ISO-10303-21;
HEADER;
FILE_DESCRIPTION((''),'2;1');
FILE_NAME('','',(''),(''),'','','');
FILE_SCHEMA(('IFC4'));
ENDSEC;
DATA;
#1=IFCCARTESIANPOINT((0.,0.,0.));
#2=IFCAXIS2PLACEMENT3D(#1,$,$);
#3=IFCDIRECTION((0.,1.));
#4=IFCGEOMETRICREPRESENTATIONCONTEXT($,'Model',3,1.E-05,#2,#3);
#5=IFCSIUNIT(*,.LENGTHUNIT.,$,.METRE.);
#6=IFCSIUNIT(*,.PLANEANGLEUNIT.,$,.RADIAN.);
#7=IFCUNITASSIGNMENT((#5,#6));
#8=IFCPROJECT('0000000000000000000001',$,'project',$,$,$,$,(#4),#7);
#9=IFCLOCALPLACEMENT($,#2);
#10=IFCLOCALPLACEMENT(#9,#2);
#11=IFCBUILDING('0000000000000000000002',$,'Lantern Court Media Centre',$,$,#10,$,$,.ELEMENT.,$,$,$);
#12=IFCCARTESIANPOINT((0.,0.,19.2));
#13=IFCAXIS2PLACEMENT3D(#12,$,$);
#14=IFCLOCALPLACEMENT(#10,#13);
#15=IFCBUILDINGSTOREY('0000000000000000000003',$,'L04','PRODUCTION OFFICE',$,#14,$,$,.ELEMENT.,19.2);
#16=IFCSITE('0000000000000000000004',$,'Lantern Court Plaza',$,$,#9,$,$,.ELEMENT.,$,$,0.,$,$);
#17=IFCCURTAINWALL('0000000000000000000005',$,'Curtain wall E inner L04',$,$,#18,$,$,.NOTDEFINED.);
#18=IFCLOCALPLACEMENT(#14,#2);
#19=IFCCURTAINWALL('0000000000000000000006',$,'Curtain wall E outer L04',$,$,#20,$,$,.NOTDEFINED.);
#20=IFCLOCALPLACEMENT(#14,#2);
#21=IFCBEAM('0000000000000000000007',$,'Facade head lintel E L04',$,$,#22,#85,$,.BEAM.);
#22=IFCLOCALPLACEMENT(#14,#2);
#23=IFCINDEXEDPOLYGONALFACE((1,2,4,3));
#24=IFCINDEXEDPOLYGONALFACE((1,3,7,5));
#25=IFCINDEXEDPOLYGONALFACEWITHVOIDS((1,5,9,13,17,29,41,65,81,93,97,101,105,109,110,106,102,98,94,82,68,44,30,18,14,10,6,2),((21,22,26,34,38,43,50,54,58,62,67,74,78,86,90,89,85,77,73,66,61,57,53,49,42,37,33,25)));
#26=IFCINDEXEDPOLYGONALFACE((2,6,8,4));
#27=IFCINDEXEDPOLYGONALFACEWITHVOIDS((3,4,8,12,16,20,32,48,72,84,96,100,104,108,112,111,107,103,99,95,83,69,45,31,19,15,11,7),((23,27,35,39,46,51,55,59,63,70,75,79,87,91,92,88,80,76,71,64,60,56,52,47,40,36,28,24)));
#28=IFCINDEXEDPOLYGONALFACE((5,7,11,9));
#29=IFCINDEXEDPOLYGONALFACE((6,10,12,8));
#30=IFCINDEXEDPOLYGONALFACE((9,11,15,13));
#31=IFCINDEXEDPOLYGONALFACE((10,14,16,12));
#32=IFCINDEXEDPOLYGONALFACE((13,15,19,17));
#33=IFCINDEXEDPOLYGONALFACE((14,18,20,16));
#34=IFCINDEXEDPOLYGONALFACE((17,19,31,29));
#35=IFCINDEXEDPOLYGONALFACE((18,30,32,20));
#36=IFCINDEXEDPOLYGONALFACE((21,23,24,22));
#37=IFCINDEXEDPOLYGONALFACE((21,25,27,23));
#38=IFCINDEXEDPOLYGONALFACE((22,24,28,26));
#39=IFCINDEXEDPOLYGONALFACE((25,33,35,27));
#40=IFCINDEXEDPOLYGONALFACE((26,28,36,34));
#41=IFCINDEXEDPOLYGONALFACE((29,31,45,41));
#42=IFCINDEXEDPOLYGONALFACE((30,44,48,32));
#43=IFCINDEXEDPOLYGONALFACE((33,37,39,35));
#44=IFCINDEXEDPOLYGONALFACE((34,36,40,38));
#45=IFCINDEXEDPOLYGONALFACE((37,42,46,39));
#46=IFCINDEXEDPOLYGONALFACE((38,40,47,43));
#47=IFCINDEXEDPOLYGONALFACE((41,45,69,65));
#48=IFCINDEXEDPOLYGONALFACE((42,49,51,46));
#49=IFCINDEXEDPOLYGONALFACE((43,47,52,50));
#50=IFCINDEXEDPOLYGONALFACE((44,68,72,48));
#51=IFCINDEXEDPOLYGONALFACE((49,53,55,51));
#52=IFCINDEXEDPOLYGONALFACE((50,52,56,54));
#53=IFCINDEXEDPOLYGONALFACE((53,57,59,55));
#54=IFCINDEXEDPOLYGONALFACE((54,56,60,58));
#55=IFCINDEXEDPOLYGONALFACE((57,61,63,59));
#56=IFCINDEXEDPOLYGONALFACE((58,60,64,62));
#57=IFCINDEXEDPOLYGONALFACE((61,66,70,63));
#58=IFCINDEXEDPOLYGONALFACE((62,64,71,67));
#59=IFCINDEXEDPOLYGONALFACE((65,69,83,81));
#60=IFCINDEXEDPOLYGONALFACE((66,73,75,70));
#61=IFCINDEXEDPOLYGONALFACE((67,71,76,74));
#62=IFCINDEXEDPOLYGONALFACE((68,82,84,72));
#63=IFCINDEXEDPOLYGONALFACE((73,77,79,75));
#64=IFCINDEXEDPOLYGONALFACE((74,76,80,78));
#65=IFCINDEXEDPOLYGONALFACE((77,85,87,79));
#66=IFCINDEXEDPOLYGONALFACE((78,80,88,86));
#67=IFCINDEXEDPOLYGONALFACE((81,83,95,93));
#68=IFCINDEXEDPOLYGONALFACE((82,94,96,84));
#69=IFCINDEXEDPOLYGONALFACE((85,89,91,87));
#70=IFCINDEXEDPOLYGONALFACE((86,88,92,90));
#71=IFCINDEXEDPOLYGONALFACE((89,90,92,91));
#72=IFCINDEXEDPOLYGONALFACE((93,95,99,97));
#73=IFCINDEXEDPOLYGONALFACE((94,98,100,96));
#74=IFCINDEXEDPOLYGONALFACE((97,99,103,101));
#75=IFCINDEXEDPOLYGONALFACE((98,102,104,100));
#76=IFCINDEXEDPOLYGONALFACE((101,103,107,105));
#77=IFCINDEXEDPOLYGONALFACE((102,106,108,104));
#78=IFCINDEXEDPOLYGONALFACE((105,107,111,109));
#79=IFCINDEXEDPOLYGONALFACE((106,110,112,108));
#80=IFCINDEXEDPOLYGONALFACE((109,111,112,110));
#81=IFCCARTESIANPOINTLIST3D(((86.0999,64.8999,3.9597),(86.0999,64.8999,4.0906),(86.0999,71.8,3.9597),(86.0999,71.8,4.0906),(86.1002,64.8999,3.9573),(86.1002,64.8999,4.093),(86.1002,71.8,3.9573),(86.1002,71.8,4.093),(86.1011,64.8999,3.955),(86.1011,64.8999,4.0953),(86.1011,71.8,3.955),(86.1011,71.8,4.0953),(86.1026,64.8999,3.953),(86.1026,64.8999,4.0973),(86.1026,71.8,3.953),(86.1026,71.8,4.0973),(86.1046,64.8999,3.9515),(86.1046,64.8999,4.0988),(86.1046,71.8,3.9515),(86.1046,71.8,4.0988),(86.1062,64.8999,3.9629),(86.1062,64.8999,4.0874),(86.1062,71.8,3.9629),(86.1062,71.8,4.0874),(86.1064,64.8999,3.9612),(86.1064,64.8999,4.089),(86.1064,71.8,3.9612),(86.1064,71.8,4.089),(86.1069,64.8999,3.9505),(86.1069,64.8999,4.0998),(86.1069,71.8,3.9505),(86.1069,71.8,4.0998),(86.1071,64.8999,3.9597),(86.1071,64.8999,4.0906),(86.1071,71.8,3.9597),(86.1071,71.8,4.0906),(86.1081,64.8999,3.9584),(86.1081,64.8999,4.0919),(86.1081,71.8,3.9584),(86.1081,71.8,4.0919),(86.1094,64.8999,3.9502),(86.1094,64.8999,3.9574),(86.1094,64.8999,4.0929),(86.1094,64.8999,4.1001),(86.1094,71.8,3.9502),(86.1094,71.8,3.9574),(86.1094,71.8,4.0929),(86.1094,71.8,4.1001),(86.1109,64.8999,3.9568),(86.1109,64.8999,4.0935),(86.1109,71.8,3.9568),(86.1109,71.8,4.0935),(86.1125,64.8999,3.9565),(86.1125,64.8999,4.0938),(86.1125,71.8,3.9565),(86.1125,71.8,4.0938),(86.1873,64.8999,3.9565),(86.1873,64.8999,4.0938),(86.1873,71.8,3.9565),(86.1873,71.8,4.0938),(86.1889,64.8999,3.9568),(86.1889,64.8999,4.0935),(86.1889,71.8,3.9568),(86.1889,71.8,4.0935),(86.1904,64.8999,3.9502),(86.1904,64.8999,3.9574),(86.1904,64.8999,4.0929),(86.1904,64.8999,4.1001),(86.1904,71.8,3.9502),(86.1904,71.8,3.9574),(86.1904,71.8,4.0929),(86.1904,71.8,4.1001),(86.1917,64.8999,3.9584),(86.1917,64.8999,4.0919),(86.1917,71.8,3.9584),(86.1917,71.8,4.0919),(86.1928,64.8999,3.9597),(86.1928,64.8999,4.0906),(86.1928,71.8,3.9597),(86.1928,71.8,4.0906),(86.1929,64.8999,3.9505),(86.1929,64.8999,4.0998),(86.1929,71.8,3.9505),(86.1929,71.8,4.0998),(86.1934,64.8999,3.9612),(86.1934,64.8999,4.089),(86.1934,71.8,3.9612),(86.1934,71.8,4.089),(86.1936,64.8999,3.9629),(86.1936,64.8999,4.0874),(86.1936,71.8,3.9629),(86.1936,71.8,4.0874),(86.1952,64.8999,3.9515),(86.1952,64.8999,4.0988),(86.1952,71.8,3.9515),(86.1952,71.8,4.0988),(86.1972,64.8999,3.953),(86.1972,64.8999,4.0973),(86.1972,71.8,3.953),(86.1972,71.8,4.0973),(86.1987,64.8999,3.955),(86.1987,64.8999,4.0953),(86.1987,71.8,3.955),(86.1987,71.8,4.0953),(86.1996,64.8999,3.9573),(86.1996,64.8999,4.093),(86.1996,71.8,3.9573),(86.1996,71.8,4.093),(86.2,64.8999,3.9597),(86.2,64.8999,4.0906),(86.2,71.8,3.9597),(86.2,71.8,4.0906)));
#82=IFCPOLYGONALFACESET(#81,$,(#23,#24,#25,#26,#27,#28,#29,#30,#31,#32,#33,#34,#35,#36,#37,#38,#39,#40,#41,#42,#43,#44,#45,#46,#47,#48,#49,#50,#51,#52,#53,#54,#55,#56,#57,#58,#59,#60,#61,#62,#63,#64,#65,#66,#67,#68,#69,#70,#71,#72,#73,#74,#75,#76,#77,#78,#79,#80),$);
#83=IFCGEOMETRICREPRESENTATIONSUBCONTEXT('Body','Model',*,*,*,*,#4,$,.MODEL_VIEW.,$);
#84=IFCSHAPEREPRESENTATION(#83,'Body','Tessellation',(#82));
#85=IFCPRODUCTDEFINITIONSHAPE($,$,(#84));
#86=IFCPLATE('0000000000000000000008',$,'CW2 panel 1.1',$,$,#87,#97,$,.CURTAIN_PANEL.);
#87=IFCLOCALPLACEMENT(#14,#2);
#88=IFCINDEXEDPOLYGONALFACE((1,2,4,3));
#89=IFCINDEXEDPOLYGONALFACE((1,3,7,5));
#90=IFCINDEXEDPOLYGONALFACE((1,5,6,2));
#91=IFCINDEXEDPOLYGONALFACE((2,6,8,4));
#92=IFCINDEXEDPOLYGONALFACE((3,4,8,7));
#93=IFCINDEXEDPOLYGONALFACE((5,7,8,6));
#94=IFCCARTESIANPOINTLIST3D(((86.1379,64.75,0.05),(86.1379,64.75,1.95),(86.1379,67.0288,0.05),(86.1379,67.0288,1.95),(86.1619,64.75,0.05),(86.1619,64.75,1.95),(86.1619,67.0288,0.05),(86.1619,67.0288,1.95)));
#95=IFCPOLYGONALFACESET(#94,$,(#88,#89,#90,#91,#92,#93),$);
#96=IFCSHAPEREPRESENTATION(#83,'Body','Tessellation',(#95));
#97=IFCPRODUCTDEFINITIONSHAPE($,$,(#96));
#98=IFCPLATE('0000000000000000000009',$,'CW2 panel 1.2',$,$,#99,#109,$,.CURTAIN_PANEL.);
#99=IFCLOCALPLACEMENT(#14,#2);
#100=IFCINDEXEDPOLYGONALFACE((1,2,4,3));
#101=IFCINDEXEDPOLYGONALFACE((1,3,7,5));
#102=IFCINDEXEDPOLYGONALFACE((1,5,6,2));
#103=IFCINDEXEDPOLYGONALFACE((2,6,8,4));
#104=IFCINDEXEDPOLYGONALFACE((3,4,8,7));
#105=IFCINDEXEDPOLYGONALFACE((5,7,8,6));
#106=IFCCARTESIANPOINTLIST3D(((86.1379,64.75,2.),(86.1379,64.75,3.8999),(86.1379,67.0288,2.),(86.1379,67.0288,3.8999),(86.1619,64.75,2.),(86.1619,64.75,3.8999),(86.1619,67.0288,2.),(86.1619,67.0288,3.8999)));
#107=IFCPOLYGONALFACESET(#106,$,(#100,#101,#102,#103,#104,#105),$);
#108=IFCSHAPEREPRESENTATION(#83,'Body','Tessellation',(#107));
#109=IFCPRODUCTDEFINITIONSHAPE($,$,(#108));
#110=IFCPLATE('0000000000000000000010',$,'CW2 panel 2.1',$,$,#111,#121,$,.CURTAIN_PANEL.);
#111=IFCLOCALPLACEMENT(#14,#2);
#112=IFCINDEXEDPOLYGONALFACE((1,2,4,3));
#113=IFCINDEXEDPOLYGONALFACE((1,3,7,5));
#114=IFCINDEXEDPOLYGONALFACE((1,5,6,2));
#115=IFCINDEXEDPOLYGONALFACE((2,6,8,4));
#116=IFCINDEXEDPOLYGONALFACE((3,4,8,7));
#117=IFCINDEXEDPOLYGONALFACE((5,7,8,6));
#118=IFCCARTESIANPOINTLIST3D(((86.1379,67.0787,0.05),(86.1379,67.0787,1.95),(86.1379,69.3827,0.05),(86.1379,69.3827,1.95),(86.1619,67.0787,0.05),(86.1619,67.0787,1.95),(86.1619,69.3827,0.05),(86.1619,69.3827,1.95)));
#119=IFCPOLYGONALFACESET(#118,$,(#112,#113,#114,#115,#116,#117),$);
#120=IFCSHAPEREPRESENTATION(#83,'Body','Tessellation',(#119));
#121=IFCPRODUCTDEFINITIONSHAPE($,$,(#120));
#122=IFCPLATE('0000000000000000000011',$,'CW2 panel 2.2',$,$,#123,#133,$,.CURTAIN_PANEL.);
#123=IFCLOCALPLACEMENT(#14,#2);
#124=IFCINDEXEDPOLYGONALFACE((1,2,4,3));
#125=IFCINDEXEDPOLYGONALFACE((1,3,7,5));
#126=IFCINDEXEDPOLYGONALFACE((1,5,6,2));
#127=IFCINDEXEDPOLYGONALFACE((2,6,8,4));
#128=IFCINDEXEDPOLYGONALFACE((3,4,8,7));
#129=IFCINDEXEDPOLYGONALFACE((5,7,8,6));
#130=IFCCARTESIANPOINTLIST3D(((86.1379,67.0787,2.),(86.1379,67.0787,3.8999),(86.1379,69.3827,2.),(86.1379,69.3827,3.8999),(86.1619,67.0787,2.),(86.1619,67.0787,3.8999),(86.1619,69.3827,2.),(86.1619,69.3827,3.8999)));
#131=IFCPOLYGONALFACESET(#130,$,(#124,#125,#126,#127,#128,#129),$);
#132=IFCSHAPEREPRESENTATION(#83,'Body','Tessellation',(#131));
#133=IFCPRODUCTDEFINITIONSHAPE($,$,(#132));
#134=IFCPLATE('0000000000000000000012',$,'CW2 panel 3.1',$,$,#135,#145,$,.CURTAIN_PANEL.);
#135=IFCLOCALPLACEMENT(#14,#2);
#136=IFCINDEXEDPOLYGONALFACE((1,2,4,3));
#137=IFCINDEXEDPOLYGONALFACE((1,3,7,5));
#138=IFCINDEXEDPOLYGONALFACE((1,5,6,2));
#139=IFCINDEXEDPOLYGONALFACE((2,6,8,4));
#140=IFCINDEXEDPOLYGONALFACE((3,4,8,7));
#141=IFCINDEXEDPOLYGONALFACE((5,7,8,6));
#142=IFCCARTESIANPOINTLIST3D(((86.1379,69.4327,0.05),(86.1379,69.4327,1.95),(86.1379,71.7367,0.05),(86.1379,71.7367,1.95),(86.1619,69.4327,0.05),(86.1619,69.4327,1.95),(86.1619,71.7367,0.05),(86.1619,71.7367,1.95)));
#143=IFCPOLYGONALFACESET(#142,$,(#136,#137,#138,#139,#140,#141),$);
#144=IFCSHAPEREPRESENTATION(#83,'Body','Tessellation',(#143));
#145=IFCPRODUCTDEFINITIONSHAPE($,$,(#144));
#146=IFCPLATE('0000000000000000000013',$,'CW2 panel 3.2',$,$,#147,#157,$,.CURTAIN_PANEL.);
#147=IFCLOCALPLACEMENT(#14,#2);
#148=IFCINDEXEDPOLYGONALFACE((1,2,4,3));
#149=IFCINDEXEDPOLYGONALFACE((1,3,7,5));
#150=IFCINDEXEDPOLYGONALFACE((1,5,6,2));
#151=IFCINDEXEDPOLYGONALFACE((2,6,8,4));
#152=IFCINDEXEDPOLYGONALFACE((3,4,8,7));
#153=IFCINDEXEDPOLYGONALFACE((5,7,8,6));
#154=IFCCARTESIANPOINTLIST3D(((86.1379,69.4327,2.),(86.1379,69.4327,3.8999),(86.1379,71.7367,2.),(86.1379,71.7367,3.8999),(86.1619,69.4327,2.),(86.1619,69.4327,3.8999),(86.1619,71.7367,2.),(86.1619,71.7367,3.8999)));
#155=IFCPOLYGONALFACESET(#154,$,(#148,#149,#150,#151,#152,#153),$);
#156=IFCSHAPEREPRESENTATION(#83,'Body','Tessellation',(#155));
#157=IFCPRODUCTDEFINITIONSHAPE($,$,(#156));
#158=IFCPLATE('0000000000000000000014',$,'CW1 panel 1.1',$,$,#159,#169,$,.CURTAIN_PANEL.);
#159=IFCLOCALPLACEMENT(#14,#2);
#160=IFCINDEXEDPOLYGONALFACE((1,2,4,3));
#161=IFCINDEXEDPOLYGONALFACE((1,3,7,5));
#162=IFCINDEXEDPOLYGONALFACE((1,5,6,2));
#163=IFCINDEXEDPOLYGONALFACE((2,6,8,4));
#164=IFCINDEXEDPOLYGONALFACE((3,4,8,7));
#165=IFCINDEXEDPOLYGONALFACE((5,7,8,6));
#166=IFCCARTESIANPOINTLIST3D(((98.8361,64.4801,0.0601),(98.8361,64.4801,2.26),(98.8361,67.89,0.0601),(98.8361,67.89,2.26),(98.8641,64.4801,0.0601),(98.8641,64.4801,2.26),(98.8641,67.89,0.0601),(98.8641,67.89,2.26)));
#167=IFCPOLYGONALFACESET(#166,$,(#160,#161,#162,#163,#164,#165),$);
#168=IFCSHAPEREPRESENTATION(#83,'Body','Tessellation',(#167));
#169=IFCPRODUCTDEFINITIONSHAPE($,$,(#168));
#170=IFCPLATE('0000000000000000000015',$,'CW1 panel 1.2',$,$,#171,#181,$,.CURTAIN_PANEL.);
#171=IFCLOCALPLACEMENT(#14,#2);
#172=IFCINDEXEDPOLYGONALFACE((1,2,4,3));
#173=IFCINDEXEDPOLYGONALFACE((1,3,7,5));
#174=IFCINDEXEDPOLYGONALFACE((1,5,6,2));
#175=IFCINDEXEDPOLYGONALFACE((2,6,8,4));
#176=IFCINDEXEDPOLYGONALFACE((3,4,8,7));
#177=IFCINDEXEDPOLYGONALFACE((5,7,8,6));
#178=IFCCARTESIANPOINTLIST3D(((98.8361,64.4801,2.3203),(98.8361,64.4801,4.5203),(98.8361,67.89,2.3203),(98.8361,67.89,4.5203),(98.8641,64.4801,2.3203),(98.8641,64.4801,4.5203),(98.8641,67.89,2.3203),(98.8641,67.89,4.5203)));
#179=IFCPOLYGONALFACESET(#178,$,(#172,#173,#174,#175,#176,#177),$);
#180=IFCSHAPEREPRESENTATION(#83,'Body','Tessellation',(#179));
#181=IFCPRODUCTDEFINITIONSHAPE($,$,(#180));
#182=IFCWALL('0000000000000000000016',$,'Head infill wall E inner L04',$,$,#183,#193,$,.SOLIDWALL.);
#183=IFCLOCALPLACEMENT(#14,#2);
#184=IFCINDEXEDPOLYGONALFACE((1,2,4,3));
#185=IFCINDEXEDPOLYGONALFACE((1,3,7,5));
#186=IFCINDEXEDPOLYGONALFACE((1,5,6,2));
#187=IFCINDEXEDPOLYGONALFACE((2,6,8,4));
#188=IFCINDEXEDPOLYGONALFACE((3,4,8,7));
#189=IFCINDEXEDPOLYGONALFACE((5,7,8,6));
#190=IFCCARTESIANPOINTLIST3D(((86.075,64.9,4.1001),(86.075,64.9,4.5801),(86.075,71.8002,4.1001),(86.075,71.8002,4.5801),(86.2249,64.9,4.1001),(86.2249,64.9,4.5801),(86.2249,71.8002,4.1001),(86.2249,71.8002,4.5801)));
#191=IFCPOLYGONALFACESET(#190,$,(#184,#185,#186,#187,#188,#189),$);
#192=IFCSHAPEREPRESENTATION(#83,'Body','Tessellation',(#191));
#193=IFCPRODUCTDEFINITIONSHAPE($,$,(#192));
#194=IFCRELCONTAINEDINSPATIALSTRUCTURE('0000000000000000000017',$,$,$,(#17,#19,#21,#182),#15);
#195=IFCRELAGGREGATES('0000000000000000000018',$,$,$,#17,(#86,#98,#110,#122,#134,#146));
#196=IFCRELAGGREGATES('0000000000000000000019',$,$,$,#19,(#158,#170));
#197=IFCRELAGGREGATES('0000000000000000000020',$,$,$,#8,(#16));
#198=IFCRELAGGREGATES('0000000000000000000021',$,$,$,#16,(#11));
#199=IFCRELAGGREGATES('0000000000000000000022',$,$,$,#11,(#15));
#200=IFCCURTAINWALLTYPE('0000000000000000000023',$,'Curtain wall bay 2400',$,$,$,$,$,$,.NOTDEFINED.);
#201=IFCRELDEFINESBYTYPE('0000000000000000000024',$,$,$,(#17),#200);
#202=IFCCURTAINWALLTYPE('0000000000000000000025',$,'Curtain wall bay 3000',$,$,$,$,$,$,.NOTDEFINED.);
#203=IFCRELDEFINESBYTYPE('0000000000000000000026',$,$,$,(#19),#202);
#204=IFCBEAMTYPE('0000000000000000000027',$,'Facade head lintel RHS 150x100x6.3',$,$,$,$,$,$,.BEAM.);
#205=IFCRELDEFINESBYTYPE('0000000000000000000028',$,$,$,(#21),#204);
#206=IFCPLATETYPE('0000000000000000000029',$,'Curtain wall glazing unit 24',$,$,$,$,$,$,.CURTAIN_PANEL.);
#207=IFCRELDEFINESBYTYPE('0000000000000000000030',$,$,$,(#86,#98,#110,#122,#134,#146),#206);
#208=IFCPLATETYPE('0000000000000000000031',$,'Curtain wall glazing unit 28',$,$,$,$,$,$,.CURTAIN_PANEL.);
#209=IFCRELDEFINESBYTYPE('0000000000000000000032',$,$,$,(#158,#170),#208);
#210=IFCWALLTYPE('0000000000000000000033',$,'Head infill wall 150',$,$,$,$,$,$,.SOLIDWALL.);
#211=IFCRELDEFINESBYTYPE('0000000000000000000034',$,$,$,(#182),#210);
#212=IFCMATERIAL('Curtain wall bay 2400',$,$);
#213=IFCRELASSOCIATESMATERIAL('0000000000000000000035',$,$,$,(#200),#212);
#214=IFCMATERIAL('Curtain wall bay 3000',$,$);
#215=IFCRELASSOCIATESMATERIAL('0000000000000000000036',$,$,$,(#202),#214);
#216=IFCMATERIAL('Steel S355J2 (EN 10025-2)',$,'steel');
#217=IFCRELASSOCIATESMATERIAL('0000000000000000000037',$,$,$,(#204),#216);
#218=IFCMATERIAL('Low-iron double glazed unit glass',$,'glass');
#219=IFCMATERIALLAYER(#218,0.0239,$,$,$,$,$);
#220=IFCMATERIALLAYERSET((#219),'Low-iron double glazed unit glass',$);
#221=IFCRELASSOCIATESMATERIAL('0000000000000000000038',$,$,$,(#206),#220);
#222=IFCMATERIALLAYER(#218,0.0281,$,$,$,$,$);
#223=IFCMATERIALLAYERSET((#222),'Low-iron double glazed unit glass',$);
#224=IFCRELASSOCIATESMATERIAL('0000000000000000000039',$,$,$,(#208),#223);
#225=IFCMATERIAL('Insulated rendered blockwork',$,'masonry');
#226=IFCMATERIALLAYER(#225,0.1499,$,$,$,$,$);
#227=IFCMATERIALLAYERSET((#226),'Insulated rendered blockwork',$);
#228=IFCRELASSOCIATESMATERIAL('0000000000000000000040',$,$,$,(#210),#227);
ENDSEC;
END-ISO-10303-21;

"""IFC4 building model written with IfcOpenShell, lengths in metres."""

from ifc_helpers import new_model, si_unit, direction, frame, frame_2d, origin, origin_2d, place, context, subcontext, project, spatial, rectangle, hollow_rectangle, extrude, material, layer, layer_set, material_profile, profile_set, type_object, element, aggregate, save


model = new_model("IFC4")

# Units and contexts
model_context = context("Model", 3, precision=1e-05, world=origin(), true_north=direction((0.0, 1.0)))
body_context = subcontext(model_context, "Body", "Model", "MODEL_VIEW")
ifc_project = project(units=[si_unit("LENGTHUNIT", "METRE"), si_unit("PLANEANGLEUNIT", "RADIAN")], contexts=[model_context])

# Site, building, storey
site_placement = place(None, origin())
site = spatial("IfcSite", under=ifc_project, at=site_placement, Name="Lantern Court Plaza", CompositionType="ELEMENT", RefElevation=0.0)
building_placement = place(site_placement, origin())
building = spatial("IfcBuilding", under=site, at=building_placement, Name="Lantern Court Media Centre", CompositionType="ELEMENT")
storey_placement = place(building_placement, frame((0.0, 0.0, 19.2)))
storey = spatial("IfcBuildingStorey", under=building, at=storey_placement, Name="L04", Description="PRODUCTION OFFICE", CompositionType="ELEMENT", Elevation=19.2)

# Curtain wall
ifc_material_1 = material(Name="Curtain wall bay 2400")
curtain_wall_type_1 = type_object("IfcCurtainWallType", Name="Curtain wall bay 2400", PredefinedType="NOTDEFINED", material=ifc_material_1)
curtain_wall_1_placement = place(storey_placement, origin())
curtain_wall_1 = element("IfcCurtainWall", 1, at=curtain_wall_1_placement, inside=storey, type_object=curtain_wall_type_1, Name="Curtain wall E inner L04", PredefinedType="NOTDEFINED")

# Curtain wall
ifc_material_2 = material(Name="Curtain wall bay 3000")
curtain_wall_type_2 = type_object("IfcCurtainWallType", Name="Curtain wall bay 3000", PredefinedType="NOTDEFINED", material=ifc_material_2)
curtain_wall_2_placement = place(storey_placement, origin())
curtain_wall_2 = element("IfcCurtainWall", 2, at=curtain_wall_2_placement, inside=storey, type_object=curtain_wall_type_2, Name="Curtain wall E outer L04", PredefinedType="NOTDEFINED")

# Beam
ifc_material_3 = material(Name="Steel S355J2 (EN 10025-2)", Category="steel")
ifc_material_profile_1 = material_profile(ifc_material_3, hollow_rectangle(XDim=0.1001, YDim=0.1499, WallThickness=0.0063, InnerFilletRadius=0.0063, OuterFilletRadius=0.0095, at=origin_2d()), Name="Facade head lintel RHS 150x100x6.3")
ifc_profile_set_1 = profile_set([ifc_material_profile_1], Name="Steel S355J2 (EN 10025-2)")
beam_type = type_object("IfcBeamType", Name="Facade head lintel RHS 150x100x6.3", PredefinedType="BEAM", material=ifc_profile_set_1)
beam_placement = place(storey_placement, frame((86.1499, 64.8999, 4.0251), z_axis=(0.0, 1.0, 0.0), x_axis=(-1.0, 0.0, 0.0)))
element("IfcBeam", 3, at=beam_placement, inside=storey, type_object=beam_type, Name="Facade head lintel E L04", PredefinedType="BEAM", context=body_context, shape_type="SweptSolid", body=[
    extrude(hollow_rectangle(XDim=0.1001, YDim=0.1499, WallThickness=0.0063, InnerFilletRadius=0.0063, OuterFilletRadius=0.0095, at=origin_2d()), origin(), (0.0, 0.0, 1.0), 6.9001),
])

# Plates
ifc_material_4 = material(Name="Low-iron double glazed unit glass", Category="glass")
ifc_layer_1 = layer(ifc_material_4, 0.0239)
ifc_layer_set_1 = layer_set([ifc_layer_1], Name="Low-iron double glazed unit glass")
plate_type_1 = type_object("IfcPlateType", Name="Curtain wall glazing unit 24", PredefinedType="CURTAIN_PANEL", material=ifc_layer_set_1)
plate_1_placement = place(storey_placement, frame((86.1499, 65.8894, 0.05), z_axis=(0.0, 0.0, 1.0), x_axis=(0.0, 1.0, 0.0)))
plate_1 = element("IfcPlate", 4, at=plate_1_placement, type_object=plate_type_1, Name="CW2 panel 1.1", PredefinedType="CURTAIN_PANEL", context=body_context, shape_type="SweptSolid", body=[
    extrude(rectangle(XDim=2.2788, YDim=0.0239, at=origin_2d()), origin(), (0.0, 0.0, 1.0), 1.8999),
])
plate_2_placement = place(storey_placement, frame((86.1499, 65.8894, 2.0), z_axis=(0.0, 0.0, 1.0), x_axis=(0.0, 1.0, 0.0)))
plate_2 = element("IfcPlate", 5, at=plate_2_placement, type_object=plate_type_1, Name="CW2 panel 1.2", PredefinedType="CURTAIN_PANEL", context=body_context, shape_type="SweptSolid", body=[
    extrude(rectangle(XDim=2.2788, YDim=0.0239, at=origin_2d()), origin(), (0.0, 0.0, 1.0), 1.8999),
])
plate_3_placement = place(storey_placement, frame((86.1499, 68.2307, 0.05), z_axis=(0.0, 0.0, 1.0), x_axis=(0.0, 1.0, 0.0)))
plate_3 = element("IfcPlate", 6, at=plate_3_placement, type_object=plate_type_1, Name="CW2 panel 2.1", PredefinedType="CURTAIN_PANEL", context=body_context, shape_type="SweptSolid", body=[
    extrude(rectangle(XDim=2.304, YDim=0.0239, at=origin_2d()), origin(), (0.0, 0.0, 1.0), 1.8999),
])
plate_4_placement = place(storey_placement, frame((86.1499, 68.2307, 2.0), z_axis=(0.0, 0.0, 1.0), x_axis=(0.0, 1.0, 0.0)))
plate_4 = element("IfcPlate", 7, at=plate_4_placement, type_object=plate_type_1, Name="CW2 panel 2.2", PredefinedType="CURTAIN_PANEL", context=body_context, shape_type="SweptSolid", body=[
    extrude(rectangle(XDim=2.304, YDim=0.0239, at=origin_2d()), origin(), (0.0, 0.0, 1.0), 1.8999),
])
plate_5_placement = place(storey_placement, frame((86.1499, 70.5847, 0.05), z_axis=(0.0, 0.0, 1.0), x_axis=(0.0, 1.0, 0.0)))
plate_5 = element("IfcPlate", 8, at=plate_5_placement, type_object=plate_type_1, Name="CW2 panel 3.1", PredefinedType="CURTAIN_PANEL", context=body_context, shape_type="SweptSolid", body=[
    extrude(rectangle(XDim=2.304, YDim=0.0239, at=origin_2d()), origin(), (0.0, 0.0, 1.0), 1.8999),
])
plate_6_placement = place(storey_placement, frame((86.1499, 70.5847, 2.0), z_axis=(0.0, 0.0, 1.0), x_axis=(0.0, 1.0, 0.0)))
plate_6 = element("IfcPlate", 9, at=plate_6_placement, type_object=plate_type_1, Name="CW2 panel 3.2", PredefinedType="CURTAIN_PANEL", context=body_context, shape_type="SweptSolid", body=[
    extrude(rectangle(XDim=2.304, YDim=0.0239, at=origin_2d()), origin(), (0.0, 0.0, 1.0), 1.8999),
])
aggregate(curtain_wall_1, [plate_1, plate_2, plate_3, plate_4, plate_5, plate_6])
ifc_layer_2 = layer(ifc_material_4, 0.0281)
ifc_layer_set_2 = layer_set([ifc_layer_2], Name="Low-iron double glazed unit glass")
plate_type_2 = type_object("IfcPlateType", Name="Curtain wall glazing unit 28", PredefinedType="CURTAIN_PANEL", material=ifc_layer_set_2)
plate_7_placement = place(storey_placement, frame((98.8501, 66.1851, 0.0601), z_axis=(0.0, 0.0, 1.0), x_axis=(0.0, 1.0, 0.0)))
plate_7 = element("IfcPlate", 10, at=plate_7_placement, type_object=plate_type_2, Name="CW1 panel 1.1", PredefinedType="CURTAIN_PANEL", context=body_context, shape_type="SweptSolid", body=[
    extrude(rectangle(XDim=3.4099, YDim=0.0281, at=origin_2d()), origin(), (0.0, 0.0, 1.0), 2.2),
])
plate_8_placement = place(storey_placement, frame((98.8501, 66.1851, 2.3203), z_axis=(0.0, 0.0, 1.0), x_axis=(0.0, 1.0, 0.0)))
plate_8 = element("IfcPlate", 11, at=plate_8_placement, type_object=plate_type_2, Name="CW1 panel 1.2", PredefinedType="CURTAIN_PANEL", context=body_context, shape_type="SweptSolid", body=[
    extrude(rectangle(XDim=3.4099, YDim=0.0281, at=origin_2d()), origin(), (0.0, 0.0, 1.0), 2.2),
])
aggregate(curtain_wall_2, [plate_7, plate_8])

# Wall
ifc_material_5 = material(Name="Insulated rendered blockwork", Category="masonry")
ifc_layer_3 = layer(ifc_material_5, 0.1499)
ifc_layer_set_3 = layer_set([ifc_layer_3], Name="Insulated rendered blockwork")
wall_type_1 = type_object("IfcWallType", Name="Head infill wall 150", PredefinedType="SOLIDWALL", material=ifc_layer_set_3)
wall_1_placement = place(storey_placement, frame((86.1499, 64.8999, 4.1001), z_axis=(0.0, 0.0, 1.0), x_axis=(0.0, 1.0, 0.0)))
element("IfcWall", 12, at=wall_1_placement, inside=storey, type_object=wall_type_1, Name="Head infill wall E inner L04", PredefinedType="SOLIDWALL", context=body_context, shape_type="SweptSolid", body=[
    extrude(rectangle(XDim=6.9001, YDim=0.1499, at=frame_2d((3.4502, 0.0))), origin(), (0.0, 0.0, 1.0), 0.48),
])

save(model, "model.ifc")
